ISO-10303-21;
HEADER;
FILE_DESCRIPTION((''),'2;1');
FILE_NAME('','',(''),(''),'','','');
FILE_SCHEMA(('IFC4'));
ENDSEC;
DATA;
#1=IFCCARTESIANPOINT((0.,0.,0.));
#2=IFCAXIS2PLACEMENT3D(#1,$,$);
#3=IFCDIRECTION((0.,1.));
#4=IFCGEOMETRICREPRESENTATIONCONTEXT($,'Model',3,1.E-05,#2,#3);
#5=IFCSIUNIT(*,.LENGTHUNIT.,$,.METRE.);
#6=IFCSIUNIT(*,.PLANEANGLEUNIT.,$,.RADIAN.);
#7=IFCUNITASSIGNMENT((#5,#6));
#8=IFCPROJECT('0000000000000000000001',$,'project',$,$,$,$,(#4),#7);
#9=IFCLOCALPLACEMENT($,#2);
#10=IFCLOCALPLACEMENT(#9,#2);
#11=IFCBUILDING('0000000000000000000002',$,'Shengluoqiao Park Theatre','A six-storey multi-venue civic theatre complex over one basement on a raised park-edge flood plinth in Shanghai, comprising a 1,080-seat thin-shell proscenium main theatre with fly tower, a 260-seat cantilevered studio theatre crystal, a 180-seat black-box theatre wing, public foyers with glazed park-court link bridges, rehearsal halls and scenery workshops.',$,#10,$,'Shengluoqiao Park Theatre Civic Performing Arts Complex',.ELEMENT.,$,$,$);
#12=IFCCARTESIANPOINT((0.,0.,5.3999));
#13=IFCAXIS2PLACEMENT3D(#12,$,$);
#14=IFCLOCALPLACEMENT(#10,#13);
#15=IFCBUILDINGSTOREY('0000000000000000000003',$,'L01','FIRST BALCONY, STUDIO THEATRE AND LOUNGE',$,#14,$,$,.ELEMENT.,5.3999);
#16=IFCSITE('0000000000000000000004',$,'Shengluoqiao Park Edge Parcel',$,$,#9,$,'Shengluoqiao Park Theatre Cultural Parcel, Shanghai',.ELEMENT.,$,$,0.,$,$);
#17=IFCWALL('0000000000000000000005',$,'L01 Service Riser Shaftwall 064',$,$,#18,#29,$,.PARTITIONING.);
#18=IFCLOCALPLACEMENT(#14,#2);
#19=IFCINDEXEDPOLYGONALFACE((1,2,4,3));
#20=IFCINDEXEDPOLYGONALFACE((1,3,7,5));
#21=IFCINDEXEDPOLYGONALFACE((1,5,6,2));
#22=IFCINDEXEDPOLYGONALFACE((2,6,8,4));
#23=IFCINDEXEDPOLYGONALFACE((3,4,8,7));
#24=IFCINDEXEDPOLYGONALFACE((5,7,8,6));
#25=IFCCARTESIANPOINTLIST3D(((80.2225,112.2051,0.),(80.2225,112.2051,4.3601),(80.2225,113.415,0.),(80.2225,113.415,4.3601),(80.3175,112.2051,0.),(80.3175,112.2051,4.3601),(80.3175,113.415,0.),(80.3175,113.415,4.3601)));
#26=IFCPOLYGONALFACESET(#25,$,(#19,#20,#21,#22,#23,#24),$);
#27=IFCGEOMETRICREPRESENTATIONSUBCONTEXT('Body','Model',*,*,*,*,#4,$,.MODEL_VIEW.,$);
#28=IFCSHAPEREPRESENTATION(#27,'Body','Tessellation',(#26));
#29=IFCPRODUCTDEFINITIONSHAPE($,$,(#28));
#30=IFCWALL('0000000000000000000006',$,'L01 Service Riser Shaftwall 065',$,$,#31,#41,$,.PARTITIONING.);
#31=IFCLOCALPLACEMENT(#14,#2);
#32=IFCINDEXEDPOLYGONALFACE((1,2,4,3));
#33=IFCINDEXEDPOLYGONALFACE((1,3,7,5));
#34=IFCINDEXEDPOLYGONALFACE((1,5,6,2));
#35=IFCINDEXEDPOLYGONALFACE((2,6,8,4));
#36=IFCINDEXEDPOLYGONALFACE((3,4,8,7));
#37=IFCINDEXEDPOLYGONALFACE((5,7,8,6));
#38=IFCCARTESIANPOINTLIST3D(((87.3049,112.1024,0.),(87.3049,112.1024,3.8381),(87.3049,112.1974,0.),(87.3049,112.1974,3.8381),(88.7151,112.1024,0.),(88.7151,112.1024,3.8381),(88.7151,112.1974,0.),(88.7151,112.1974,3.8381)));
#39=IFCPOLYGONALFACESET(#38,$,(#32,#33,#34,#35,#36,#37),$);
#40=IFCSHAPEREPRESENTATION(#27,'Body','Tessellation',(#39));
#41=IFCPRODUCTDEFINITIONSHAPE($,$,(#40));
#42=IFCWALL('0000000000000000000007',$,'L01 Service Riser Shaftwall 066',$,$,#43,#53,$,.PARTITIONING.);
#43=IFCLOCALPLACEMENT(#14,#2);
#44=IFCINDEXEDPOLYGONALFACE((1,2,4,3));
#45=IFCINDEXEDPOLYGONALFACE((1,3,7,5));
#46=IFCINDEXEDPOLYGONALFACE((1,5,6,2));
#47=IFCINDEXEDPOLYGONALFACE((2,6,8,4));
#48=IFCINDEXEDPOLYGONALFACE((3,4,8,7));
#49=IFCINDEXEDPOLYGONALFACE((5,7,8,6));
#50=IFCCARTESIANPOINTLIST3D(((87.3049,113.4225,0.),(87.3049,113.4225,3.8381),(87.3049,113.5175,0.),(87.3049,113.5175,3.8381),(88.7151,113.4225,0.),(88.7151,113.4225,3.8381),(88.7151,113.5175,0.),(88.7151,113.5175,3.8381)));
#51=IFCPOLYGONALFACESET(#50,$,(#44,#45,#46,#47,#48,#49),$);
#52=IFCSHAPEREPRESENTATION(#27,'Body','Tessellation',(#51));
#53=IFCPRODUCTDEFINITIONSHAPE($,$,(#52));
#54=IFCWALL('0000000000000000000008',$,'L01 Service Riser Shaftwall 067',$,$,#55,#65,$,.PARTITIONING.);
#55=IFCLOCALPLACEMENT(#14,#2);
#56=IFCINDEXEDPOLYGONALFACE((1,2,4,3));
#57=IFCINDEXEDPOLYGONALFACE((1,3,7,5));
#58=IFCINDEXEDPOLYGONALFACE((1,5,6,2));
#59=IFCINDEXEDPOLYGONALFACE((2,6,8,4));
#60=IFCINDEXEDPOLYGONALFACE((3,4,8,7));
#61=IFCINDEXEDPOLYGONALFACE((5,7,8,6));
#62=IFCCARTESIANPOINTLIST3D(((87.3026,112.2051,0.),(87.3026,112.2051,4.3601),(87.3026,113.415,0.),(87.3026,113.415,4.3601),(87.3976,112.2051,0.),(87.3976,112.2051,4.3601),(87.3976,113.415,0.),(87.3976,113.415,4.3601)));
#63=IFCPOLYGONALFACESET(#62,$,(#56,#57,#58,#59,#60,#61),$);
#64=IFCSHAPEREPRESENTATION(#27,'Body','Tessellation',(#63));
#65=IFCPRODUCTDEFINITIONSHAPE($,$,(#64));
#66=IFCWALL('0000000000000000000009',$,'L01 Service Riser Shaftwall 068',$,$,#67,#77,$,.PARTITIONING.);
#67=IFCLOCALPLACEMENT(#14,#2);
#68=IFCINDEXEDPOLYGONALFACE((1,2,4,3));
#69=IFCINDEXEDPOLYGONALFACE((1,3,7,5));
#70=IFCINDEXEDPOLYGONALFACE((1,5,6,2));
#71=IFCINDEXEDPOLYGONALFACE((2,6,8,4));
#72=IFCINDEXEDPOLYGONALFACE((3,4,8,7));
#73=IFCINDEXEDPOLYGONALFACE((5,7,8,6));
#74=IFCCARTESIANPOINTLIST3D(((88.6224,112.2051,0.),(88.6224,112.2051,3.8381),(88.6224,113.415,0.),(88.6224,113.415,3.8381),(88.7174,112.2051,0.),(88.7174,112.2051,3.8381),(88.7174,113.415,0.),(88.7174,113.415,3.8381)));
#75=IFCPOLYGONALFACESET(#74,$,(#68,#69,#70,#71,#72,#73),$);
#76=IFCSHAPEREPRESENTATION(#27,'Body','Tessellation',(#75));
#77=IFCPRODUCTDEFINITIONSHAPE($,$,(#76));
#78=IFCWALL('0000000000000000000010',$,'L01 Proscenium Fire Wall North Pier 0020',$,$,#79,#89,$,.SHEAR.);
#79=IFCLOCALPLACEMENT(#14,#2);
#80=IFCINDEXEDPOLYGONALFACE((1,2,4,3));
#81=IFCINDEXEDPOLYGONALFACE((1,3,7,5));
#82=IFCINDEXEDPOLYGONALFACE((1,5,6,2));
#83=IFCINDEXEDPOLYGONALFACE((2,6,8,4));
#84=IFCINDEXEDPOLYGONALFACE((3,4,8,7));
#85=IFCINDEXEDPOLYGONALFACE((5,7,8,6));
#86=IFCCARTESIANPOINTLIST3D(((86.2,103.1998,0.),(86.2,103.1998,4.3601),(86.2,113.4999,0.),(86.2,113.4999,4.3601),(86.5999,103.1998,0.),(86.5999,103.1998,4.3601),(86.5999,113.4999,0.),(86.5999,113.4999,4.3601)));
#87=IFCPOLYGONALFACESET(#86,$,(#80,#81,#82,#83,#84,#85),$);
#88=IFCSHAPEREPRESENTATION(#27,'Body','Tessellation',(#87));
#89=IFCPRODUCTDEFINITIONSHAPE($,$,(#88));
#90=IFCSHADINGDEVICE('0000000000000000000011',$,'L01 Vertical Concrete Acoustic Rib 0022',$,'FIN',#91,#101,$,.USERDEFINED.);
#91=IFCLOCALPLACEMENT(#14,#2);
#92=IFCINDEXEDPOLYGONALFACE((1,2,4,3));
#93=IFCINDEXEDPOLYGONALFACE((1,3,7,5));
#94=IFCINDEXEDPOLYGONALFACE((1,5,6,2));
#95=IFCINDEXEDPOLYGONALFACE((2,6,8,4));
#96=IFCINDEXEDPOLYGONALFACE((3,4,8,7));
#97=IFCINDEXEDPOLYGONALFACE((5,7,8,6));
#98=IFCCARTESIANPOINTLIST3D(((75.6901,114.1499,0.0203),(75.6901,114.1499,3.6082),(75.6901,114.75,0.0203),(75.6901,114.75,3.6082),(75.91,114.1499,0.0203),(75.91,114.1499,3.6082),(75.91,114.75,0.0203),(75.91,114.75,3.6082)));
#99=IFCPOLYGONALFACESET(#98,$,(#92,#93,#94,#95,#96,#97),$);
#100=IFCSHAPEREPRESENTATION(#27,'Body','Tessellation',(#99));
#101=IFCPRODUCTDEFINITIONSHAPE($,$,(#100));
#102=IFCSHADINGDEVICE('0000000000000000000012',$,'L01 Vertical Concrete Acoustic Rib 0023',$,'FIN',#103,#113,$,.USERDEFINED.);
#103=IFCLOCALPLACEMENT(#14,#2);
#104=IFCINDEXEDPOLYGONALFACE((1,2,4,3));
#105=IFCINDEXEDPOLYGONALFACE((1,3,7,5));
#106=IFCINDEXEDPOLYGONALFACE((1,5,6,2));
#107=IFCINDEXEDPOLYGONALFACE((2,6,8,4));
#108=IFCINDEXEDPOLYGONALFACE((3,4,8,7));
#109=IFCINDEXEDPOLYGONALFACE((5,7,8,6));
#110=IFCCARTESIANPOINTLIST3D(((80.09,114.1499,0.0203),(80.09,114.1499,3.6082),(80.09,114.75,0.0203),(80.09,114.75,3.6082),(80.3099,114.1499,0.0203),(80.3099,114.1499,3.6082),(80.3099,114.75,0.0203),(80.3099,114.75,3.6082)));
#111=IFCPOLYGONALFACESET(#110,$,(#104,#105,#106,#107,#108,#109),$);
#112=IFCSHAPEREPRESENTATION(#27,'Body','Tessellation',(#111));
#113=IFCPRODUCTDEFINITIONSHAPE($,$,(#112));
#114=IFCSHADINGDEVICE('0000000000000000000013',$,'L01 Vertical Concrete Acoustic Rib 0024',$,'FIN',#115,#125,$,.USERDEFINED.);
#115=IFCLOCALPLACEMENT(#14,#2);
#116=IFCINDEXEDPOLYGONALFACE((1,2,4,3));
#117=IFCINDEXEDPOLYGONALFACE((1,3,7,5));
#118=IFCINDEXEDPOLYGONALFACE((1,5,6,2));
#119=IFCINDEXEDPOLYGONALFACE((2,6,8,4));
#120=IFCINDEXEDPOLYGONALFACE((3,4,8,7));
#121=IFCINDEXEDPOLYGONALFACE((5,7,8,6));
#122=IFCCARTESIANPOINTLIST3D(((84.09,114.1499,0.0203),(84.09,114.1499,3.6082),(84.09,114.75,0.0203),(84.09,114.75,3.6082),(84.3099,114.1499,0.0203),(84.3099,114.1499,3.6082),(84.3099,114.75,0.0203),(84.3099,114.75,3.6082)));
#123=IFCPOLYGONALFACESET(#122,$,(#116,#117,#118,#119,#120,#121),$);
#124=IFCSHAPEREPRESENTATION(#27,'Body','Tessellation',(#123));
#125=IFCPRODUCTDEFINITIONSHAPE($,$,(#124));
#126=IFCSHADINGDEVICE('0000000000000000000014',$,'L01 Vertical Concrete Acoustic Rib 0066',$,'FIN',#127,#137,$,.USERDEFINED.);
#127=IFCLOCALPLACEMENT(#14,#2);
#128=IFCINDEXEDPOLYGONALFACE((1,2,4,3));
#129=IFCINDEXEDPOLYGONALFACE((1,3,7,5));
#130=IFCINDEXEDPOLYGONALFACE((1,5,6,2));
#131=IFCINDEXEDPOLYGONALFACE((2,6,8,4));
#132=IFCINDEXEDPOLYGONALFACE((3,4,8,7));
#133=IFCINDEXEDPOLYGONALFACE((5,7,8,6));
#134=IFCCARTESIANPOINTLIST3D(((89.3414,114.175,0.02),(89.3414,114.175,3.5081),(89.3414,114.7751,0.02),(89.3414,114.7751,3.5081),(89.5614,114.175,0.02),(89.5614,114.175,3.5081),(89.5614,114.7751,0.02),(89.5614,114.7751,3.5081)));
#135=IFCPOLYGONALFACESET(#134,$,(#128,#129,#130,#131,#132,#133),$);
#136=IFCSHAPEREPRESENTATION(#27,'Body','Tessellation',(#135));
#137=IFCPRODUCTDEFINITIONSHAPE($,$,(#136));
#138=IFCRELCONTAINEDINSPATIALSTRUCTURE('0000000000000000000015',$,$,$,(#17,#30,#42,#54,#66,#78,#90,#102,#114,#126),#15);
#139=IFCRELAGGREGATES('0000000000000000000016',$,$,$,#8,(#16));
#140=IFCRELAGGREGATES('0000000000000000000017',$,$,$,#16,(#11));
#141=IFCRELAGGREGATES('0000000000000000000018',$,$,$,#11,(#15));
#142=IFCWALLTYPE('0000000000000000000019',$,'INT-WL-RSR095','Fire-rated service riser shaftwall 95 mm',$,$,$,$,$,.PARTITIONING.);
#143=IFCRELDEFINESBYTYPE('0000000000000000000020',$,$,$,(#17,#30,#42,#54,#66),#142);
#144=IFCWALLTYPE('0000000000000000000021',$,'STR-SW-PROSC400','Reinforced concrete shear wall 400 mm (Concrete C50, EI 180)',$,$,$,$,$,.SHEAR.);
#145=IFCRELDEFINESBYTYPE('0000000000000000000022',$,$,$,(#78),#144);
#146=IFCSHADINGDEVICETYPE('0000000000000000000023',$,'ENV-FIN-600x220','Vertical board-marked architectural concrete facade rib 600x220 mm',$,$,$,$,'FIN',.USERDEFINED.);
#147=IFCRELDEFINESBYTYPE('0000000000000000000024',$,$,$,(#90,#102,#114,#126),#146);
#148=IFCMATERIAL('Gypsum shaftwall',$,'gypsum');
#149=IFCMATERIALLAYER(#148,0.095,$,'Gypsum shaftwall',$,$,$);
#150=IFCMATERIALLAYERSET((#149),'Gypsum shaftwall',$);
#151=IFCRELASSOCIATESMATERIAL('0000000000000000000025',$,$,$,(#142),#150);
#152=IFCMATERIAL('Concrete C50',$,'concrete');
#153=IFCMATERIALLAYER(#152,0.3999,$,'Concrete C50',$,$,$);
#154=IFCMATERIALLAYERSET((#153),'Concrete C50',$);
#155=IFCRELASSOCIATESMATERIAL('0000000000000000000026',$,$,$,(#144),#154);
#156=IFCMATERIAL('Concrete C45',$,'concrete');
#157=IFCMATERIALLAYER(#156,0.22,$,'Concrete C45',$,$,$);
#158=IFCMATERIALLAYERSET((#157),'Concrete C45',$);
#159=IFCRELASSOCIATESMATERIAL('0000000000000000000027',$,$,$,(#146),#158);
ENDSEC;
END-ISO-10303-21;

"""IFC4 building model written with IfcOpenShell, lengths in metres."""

from ifc_helpers import new_model, si_unit, direction, frame, frame_2d, origin, origin_2d, place, context, subcontext, project, spatial, rectangle, extrude, material, layer, layer_set, type_object, element, save


model = new_model("IFC4")

# Units and contexts
model_context = context("Model", 3, precision=1e-05, world=origin(), true_north=direction((0.0, 1.0)))
body_context = subcontext(model_context, "Body", "Model", "MODEL_VIEW")
ifc_project = project(units=[si_unit("LENGTHUNIT", "METRE"), si_unit("PLANEANGLEUNIT", "RADIAN")], contexts=[model_context])

# Site, building, storey
site_placement = place(None, origin())
site = spatial("IfcSite", under=ifc_project, at=site_placement, Name="Shengluoqiao Park Edge Parcel", LongName="Shengluoqiao Park Theatre Cultural Parcel, Shanghai", CompositionType="ELEMENT", RefElevation=0.0)
building_placement = place(site_placement, origin())
building = spatial("IfcBuilding", under=site, at=building_placement, Name="Shengluoqiao Park Theatre", Description="A six-storey multi-venue civic theatre complex over one basement on a raised park-edge flood plinth in Shanghai, comprising a 1,080-seat thin-shell proscenium main theatre with fly tower, a 260-seat cantilevered studio theatre crystal, a 180-seat black-box theatre wing, public foyers with glazed park-court link bridges, rehearsal halls and scenery workshops.", LongName="Shengluoqiao Park Theatre Civic Performing Arts Complex", CompositionType="ELEMENT")
storey_placement = place(building_placement, frame((0.0, 0.0, 5.3999)))
storey = spatial("IfcBuildingStorey", under=building, at=storey_placement, Name="L01", Description="FIRST BALCONY, STUDIO THEATRE AND LOUNGE", CompositionType="ELEMENT", Elevation=5.3999)

# Shared definitions
ifc_material_1 = material(Name="Concrete C50", Category="concrete")

# Walls
ifc_material_2 = material(Name="Concrete C45", Category="concrete")
ifc_material_3 = material(Name="Gypsum shaftwall", Category="gypsum")
ifc_layer_1 = layer(ifc_material_3, 0.095, Name="Gypsum shaftwall")
ifc_layer_set_1 = layer_set([ifc_layer_1], Name="Gypsum shaftwall")
wall_type_1 = type_object("IfcWallType", Name="INT-WL-RSR095", Description="Fire-rated service riser shaftwall 95 mm", PredefinedType="PARTITIONING", material=ifc_layer_set_1)
for number, where, z_axis, x_axis, name in (
    (1, (80.27, 112.2051, 0.0), (0.0, 0.0, 1.0), (0.0, 1.0, 0.0), "L01 Service Riser Shaftwall 064"),
):
    element("IfcWall", number, at=place(storey_placement, frame(where, z_axis=z_axis, x_axis=x_axis)), inside=storey, type_object=wall_type_1, Name=name, PredefinedType="PARTITIONING", context=body_context, shape_type="SweptSolid", body=[
        extrude(rectangle(XDim=1.21, YDim=0.095, at=frame_2d((0.605, 0.0))), origin(), (0.0, 0.0, 1.0), 4.3601),
    ])
for number, where, z_axis, x_axis, name in (
    (2, (87.3049, 112.1499, 0.0), (0.0, 0.0, 1.0), (1.0, 0.0, 0.0), "L01 Service Riser Shaftwall 065"),
    (3, (87.3049, 113.47, 0.0), (0.0, 0.0, 1.0), (1.0, 0.0, 0.0), "L01 Service Riser Shaftwall 066"),
):
    element("IfcWall", number, at=place(storey_placement, frame(where, z_axis=z_axis, x_axis=x_axis)), inside=storey, type_object=wall_type_1, Name=name, PredefinedType="PARTITIONING", context=body_context, shape_type="SweptSolid", body=[
        extrude(rectangle(XDim=1.4102, YDim=0.095, at=frame_2d((0.7051, 0.0))), origin(), (0.0, 0.0, 1.0), 3.8381),
    ])
wall_1_placement = place(storey_placement, frame((87.3501, 112.2051, 0.0), z_axis=(0.0, 0.0, 1.0), x_axis=(0.0, 1.0, 0.0)))
element("IfcWall", 4, at=wall_1_placement, inside=storey, type_object=wall_type_1, Name="L01 Service Riser Shaftwall 067", PredefinedType="PARTITIONING", context=body_context, shape_type="SweptSolid", body=[
    extrude(rectangle(XDim=1.21, YDim=0.095, at=frame_2d((0.605, 0.0))), origin(), (0.0, 0.0, 1.0), 4.3601),
])
wall_2_placement = place(storey_placement, frame((88.6699, 112.2051, 0.0), z_axis=(0.0, 0.0, 1.0), x_axis=(0.0, 1.0, 0.0)))
element("IfcWall", 5, at=wall_2_placement, inside=storey, type_object=wall_type_1, Name="L01 Service Riser Shaftwall 068", PredefinedType="PARTITIONING", context=body_context, shape_type="SweptSolid", body=[
    extrude(rectangle(XDim=1.21, YDim=0.095, at=frame_2d((0.605, 0.0))), origin(), (0.0, 0.0, 1.0), 3.8381),
])
ifc_layer_2 = layer(ifc_material_1, 0.3999, Name="Concrete C50")
ifc_layer_set_2 = layer_set([ifc_layer_2], Name="Concrete C50")
wall_type_2 = type_object("IfcWallType", Name="STR-SW-PROSC400", Description="Reinforced concrete shear wall 400 mm (Concrete C50, EI 180)", PredefinedType="SHEAR", material=ifc_layer_set_2)
wall_3_placement = place(storey_placement, frame((86.3999, 103.2, 0.0), z_axis=(0.0, 0.0, 1.0), x_axis=(0.0, 1.0, 0.0)))
element("IfcWall", 6, at=wall_3_placement, inside=storey, type_object=wall_type_2, Name="L01 Proscenium Fire Wall North Pier 0020", PredefinedType="SHEAR", context=body_context, shape_type="SweptSolid", body=[
    extrude(rectangle(XDim=10.3, YDim=0.3999, at=frame_2d((5.1499, 0.0))), origin(), (0.0, 0.0, 1.0), 4.3601),
])

# Shading devices
ifc_layer_3 = layer(ifc_material_2, 0.22, Name="Concrete C45")
ifc_layer_set_3 = layer_set([ifc_layer_3], Name="Concrete C45")
shading_device_type = type_object("IfcShadingDeviceType", Name="ENV-FIN-600x220", Description="Vertical board-marked architectural concrete facade rib 600x220 mm", ElementType="FIN", PredefinedType="USERDEFINED", material=ifc_layer_set_3)
for number, where, z_axis, x_axis, name in (
    (7, (75.8, 114.45, 0.0203), (0.0, 0.0, 1.0), (0.0, 1.0, 0.0), "L01 Vertical Concrete Acoustic Rib 0022"),
    (8, (80.2, 114.45, 0.0203), (0.0, 0.0, 1.0), (0.0, 1.0, 0.0), "L01 Vertical Concrete Acoustic Rib 0023"),
    (9, (84.2, 114.45, 0.0203), (0.0, 0.0, 1.0), (0.0, 1.0, 0.0), "L01 Vertical Concrete Acoustic Rib 0024"),
):
    element("IfcShadingDevice", number, at=place(storey_placement, frame(where, z_axis=z_axis, x_axis=x_axis)), inside=storey, type_object=shading_device_type, Name=name, ObjectType="FIN", PredefinedType="USERDEFINED", context=body_context, shape_type="SweptSolid", body=[
        extrude(rectangle(XDim=0.6001, YDim=0.22, at=origin_2d()), origin(), (0.0, 0.0, 1.0), 3.5879),
    ])
shading_device_placement = place(storey_placement, frame((89.4514, 114.4751, 0.02), z_axis=(0.0, 0.0, 1.0), x_axis=(0.0, 1.0, 0.0)))
element("IfcShadingDevice", 10, at=shading_device_placement, inside=storey, type_object=shading_device_type, Name="L01 Vertical Concrete Acoustic Rib 0066", ObjectType="FIN", PredefinedType="USERDEFINED", context=body_context, shape_type="SweptSolid", body=[
    extrude(rectangle(XDim=0.6001, YDim=0.22, at=origin_2d()), origin(), (0.0, 0.0, 1.0), 3.488),
])

save(model, "model.ifc")
